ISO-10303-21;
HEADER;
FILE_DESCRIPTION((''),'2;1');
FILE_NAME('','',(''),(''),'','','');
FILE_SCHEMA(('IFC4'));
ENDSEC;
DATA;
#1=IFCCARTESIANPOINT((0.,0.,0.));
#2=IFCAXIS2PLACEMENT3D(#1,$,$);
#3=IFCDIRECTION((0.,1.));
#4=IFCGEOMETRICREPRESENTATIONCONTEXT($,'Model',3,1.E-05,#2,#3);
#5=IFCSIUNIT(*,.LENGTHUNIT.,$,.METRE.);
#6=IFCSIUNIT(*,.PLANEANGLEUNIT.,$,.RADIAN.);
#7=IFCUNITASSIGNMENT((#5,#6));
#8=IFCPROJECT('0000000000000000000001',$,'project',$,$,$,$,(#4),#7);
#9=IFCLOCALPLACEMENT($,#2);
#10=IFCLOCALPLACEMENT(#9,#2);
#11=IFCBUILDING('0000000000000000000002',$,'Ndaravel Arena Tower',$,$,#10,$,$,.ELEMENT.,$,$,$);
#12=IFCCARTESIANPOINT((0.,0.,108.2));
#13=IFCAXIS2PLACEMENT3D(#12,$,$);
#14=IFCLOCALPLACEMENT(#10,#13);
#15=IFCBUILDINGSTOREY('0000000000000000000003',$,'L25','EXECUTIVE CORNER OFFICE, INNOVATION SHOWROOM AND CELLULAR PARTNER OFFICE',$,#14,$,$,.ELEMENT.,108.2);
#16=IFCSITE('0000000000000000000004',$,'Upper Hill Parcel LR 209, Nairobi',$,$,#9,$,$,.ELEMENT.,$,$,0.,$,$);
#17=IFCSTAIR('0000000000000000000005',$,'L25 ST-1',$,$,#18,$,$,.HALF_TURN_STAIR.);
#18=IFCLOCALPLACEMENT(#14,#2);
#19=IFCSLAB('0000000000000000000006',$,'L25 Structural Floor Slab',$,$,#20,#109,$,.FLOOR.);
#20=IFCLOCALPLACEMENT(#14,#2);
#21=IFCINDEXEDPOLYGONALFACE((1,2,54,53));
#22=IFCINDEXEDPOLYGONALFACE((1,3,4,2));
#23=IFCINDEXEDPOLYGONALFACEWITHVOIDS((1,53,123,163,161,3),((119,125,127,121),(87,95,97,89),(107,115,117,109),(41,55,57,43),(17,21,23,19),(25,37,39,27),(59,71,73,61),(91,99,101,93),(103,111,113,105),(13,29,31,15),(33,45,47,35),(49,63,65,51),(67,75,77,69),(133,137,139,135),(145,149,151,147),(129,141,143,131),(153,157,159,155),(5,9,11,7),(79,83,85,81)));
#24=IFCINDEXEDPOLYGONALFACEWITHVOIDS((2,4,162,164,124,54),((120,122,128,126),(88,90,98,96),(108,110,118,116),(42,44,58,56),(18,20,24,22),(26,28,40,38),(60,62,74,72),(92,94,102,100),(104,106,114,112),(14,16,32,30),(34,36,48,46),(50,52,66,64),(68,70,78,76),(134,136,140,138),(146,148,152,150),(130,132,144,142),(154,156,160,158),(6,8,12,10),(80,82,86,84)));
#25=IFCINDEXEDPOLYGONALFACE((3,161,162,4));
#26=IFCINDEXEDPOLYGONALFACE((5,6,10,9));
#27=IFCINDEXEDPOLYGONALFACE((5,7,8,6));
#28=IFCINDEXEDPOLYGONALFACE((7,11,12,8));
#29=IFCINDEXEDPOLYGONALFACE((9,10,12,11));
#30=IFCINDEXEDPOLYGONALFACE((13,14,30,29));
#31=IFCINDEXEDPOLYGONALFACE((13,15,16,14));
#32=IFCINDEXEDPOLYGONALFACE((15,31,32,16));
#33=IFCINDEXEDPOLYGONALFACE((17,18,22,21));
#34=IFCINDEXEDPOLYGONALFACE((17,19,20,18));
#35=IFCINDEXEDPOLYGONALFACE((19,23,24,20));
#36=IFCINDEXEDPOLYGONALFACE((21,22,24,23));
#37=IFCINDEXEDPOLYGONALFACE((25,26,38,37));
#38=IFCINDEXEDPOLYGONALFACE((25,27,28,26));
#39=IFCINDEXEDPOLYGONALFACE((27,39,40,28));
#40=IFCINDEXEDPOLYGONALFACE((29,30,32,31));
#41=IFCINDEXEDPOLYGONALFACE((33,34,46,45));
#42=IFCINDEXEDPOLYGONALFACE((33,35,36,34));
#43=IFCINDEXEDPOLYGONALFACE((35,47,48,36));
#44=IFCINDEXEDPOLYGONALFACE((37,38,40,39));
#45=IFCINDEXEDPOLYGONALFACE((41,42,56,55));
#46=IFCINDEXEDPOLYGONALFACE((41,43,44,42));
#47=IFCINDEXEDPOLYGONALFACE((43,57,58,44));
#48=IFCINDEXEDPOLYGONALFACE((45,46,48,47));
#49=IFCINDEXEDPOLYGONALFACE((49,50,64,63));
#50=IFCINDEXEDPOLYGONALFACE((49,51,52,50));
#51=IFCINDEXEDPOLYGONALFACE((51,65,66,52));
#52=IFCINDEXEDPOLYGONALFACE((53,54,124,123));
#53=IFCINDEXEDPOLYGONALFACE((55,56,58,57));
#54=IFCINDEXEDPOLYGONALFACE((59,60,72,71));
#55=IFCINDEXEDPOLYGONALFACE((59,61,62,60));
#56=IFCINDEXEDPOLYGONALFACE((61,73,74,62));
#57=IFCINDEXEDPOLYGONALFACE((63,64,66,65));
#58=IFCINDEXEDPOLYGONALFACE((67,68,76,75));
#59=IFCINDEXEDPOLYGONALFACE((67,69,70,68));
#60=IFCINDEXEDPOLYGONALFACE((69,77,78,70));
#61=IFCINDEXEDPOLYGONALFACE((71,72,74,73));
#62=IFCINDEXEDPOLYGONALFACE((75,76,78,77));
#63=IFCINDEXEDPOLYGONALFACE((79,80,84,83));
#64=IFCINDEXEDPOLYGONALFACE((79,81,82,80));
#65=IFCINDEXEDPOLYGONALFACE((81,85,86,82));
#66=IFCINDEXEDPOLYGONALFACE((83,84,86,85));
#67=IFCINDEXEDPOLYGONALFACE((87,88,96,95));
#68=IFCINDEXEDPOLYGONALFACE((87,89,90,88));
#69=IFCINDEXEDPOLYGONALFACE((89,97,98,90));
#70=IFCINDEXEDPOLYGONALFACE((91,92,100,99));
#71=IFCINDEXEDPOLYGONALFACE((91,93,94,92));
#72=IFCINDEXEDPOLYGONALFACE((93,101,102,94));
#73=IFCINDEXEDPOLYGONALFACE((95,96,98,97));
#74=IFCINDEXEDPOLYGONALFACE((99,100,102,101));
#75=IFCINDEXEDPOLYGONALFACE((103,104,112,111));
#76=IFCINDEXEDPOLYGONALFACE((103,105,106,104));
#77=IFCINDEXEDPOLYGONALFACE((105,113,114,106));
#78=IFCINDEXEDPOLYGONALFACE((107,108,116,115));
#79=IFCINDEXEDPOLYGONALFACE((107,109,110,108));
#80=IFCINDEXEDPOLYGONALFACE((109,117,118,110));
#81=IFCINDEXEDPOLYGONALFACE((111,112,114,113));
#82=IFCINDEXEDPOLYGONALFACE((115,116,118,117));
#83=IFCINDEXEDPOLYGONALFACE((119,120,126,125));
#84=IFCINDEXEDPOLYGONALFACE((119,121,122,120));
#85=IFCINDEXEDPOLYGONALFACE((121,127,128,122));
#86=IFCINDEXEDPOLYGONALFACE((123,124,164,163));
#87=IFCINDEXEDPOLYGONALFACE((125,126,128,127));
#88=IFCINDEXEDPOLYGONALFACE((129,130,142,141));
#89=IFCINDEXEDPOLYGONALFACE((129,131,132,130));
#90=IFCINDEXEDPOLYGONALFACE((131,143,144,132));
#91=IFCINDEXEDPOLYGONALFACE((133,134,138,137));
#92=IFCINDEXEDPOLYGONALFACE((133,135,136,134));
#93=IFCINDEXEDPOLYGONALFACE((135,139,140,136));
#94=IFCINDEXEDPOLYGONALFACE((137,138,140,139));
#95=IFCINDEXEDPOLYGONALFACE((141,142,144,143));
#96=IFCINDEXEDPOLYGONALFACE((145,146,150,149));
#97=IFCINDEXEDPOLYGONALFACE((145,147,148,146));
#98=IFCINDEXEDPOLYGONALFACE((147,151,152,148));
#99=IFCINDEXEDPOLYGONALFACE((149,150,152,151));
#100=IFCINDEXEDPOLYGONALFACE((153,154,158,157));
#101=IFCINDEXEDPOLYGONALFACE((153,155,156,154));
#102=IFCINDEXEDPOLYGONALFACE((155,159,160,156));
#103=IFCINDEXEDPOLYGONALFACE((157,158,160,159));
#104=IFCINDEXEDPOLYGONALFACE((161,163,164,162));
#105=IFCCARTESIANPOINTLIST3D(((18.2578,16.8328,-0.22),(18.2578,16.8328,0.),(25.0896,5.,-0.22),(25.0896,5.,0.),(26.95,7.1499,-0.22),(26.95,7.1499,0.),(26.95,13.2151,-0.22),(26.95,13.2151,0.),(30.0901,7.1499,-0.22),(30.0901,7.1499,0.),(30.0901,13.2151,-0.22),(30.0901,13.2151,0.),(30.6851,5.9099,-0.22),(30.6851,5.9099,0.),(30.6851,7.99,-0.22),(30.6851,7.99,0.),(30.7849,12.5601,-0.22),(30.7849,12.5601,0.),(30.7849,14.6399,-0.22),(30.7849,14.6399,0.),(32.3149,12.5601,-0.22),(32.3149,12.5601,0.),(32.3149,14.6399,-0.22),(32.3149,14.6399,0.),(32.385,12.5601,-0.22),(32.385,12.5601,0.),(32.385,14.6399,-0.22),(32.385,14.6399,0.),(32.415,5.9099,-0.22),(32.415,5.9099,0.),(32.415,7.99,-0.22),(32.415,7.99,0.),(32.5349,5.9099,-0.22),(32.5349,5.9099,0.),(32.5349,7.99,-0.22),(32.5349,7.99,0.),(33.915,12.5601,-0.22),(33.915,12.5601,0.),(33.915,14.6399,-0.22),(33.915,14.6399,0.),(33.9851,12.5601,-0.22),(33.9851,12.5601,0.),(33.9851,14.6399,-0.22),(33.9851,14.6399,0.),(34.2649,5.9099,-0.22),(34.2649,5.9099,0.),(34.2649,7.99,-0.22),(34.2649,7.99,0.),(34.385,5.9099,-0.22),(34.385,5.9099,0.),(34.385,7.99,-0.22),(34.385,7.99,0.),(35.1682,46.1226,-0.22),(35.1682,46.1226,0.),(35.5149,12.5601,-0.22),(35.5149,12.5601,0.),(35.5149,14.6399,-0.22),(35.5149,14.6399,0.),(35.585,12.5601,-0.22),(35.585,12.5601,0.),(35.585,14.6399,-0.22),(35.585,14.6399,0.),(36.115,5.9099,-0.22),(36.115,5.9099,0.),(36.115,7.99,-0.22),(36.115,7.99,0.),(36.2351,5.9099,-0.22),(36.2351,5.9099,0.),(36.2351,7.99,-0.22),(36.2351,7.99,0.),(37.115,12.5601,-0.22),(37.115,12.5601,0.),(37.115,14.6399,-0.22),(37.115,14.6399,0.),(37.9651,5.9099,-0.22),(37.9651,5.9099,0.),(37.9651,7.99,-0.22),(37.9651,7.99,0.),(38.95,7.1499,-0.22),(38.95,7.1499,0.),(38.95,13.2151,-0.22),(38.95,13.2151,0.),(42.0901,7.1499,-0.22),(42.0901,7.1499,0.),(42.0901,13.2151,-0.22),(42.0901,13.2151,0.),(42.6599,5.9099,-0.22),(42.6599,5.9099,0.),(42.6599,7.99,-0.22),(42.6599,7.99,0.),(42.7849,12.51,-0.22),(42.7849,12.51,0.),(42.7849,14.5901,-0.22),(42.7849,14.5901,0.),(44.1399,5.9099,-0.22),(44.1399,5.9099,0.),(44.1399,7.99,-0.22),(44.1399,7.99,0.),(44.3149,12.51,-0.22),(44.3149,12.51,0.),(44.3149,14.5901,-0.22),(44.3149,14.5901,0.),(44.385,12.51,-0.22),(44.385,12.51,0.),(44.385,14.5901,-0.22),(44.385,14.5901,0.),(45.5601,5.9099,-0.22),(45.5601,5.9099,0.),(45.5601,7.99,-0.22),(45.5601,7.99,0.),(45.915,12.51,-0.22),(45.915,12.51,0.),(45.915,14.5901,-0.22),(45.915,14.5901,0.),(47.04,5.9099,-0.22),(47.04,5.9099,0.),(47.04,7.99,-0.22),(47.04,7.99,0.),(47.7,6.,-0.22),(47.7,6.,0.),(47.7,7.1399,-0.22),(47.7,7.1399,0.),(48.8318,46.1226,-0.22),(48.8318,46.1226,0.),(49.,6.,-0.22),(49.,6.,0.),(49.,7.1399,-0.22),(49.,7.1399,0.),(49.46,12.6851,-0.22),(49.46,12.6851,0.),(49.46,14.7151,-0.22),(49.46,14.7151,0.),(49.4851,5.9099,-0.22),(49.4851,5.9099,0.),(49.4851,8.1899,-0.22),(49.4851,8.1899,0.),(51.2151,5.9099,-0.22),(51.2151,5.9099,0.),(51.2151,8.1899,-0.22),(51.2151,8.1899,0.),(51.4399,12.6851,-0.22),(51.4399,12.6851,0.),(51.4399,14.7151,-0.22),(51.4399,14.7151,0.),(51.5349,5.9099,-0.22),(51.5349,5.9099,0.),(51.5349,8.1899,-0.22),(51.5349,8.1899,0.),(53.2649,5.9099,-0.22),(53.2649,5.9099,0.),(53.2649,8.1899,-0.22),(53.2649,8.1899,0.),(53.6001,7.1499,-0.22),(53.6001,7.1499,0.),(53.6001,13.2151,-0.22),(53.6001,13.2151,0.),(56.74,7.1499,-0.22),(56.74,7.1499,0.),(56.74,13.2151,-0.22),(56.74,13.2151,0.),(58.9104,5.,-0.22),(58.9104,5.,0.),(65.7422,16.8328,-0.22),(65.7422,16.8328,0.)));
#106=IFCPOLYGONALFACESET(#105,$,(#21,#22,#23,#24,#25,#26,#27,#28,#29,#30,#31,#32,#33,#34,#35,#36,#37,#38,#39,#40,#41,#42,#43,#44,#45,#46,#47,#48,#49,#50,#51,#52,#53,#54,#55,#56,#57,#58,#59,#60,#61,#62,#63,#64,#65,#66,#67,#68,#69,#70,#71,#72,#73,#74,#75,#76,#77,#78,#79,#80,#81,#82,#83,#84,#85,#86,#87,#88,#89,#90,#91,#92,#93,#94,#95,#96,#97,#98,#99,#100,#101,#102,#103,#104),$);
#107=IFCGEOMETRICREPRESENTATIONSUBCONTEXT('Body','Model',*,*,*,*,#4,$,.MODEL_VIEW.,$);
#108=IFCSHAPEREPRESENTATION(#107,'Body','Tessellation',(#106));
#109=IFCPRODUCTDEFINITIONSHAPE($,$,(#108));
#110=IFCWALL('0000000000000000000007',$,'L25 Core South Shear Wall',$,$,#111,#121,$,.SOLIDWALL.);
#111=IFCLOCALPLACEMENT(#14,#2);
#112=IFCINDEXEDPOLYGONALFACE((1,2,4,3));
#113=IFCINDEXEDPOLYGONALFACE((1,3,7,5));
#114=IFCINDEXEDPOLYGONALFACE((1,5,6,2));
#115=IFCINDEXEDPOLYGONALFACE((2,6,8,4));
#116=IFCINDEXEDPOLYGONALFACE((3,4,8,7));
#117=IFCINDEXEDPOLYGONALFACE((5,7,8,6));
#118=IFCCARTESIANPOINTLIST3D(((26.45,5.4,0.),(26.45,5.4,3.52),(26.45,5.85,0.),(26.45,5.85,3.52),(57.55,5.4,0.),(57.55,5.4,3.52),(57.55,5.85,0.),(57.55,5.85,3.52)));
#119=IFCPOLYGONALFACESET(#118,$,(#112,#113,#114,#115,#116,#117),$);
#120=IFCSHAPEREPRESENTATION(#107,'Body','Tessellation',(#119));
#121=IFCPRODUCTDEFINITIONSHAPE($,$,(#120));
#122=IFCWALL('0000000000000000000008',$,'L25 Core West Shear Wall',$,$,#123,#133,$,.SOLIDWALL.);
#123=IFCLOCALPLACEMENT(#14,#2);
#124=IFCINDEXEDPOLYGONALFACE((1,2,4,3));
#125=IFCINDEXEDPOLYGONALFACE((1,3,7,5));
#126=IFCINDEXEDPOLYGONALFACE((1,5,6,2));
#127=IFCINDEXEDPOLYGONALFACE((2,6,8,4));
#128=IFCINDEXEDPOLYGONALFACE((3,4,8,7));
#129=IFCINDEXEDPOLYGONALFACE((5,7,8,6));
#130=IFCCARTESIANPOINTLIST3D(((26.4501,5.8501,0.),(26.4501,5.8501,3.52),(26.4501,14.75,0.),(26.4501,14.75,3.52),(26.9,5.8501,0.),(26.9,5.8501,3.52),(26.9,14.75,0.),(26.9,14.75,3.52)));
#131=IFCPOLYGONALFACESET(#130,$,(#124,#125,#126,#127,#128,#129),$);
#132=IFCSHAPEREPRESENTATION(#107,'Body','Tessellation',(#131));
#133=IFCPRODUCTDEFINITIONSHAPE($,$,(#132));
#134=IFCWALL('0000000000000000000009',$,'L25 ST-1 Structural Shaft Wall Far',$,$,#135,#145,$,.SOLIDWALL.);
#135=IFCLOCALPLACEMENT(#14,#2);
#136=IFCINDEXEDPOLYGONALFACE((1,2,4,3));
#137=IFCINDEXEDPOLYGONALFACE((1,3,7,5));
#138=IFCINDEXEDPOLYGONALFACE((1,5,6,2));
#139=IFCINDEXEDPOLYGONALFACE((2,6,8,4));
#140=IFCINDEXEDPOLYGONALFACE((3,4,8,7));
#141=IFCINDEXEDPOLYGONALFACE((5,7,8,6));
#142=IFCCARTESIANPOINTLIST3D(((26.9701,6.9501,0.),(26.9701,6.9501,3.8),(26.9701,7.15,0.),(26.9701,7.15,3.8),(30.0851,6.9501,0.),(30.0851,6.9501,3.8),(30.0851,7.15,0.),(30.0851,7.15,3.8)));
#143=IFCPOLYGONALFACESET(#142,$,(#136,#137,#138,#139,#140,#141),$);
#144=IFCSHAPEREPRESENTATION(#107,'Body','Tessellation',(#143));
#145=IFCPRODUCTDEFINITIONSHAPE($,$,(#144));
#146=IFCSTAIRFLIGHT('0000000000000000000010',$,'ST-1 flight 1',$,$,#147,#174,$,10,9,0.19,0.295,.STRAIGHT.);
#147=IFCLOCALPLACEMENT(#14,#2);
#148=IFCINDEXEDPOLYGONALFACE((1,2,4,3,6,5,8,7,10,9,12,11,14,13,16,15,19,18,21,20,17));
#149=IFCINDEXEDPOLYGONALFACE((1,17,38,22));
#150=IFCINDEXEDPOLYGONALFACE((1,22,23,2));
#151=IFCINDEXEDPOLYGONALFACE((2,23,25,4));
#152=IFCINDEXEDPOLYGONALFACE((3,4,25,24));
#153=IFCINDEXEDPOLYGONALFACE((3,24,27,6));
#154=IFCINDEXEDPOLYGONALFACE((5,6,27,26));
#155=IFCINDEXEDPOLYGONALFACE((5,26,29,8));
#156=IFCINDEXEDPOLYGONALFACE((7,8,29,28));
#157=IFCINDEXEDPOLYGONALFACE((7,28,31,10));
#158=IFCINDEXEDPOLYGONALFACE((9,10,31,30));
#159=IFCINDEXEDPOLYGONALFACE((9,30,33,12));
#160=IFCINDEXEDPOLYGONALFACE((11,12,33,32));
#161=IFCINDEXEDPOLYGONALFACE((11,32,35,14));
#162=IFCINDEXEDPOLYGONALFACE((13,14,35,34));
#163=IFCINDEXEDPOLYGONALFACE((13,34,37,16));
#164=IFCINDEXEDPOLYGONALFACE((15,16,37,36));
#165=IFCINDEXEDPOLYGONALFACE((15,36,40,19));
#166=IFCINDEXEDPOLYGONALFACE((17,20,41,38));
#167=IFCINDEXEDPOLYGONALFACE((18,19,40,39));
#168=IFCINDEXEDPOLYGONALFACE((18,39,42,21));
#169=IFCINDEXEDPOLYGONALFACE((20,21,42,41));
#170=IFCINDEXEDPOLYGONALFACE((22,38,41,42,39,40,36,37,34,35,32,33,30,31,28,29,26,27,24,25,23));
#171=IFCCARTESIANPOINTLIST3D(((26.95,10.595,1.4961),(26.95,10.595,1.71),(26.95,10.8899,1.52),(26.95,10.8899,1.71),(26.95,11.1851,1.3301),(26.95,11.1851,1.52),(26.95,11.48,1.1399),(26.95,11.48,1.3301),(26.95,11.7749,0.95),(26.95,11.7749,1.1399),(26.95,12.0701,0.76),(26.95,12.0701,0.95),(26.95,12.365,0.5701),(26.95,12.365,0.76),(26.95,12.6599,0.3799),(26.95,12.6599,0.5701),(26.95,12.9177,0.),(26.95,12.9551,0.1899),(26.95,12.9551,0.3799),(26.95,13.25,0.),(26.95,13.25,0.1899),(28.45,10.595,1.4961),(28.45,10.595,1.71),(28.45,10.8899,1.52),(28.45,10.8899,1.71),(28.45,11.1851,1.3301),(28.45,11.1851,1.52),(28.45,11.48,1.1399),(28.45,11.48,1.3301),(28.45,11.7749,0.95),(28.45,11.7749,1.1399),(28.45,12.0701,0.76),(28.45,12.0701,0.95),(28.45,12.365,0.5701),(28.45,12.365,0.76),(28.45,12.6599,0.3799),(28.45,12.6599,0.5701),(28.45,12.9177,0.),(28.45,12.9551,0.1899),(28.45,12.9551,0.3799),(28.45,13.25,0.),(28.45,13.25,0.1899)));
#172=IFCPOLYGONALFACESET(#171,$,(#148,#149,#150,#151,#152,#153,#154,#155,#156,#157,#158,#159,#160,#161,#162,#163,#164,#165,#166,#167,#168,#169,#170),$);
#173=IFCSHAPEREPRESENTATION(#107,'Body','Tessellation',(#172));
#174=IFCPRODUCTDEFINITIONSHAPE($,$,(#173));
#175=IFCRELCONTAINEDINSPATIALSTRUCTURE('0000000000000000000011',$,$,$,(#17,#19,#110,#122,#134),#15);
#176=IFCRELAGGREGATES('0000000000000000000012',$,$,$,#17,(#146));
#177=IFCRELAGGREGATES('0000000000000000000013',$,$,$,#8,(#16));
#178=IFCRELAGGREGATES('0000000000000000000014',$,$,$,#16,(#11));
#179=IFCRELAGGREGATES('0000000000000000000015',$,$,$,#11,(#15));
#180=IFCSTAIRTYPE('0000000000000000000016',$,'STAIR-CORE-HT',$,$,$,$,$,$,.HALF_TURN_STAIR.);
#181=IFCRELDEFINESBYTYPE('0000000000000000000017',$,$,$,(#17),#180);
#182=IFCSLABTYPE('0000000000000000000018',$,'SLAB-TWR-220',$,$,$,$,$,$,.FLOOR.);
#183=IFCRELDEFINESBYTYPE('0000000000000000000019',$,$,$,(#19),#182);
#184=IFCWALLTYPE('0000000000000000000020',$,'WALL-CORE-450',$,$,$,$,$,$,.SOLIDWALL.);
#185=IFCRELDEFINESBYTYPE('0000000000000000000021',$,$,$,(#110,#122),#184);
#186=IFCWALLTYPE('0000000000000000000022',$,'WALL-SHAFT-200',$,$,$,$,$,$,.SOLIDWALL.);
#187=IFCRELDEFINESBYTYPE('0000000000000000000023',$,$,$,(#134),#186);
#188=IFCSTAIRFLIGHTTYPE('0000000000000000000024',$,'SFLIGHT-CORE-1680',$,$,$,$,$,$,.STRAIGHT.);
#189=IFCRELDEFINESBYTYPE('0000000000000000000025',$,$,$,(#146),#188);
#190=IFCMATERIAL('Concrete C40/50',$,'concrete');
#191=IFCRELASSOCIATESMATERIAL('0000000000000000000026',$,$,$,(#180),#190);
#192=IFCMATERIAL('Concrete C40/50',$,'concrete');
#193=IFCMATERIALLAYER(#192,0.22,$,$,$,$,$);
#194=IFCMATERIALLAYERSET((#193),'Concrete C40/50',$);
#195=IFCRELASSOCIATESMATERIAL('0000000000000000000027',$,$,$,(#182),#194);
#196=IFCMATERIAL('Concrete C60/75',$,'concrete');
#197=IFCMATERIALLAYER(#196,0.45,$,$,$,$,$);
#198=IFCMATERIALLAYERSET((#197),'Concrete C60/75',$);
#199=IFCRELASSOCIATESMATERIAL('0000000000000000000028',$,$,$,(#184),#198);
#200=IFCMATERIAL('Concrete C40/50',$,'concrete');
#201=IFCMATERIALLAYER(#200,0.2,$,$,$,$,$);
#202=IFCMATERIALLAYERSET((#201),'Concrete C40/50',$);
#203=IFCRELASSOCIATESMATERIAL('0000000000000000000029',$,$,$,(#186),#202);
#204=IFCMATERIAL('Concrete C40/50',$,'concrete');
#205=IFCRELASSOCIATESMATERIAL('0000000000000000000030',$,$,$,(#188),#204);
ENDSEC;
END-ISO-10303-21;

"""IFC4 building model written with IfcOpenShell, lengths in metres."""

from ifc_helpers import new_model, si_unit, direction, frame, frame_2d, origin, place, context, subcontext, project, spatial, polyline, rectangle, outline, extrude, material, layer, layer_set, type_object, element, aggregate, save


model = new_model("IFC4")

# Units and contexts
model_context = context("Model", 3, precision=1e-05, world=origin(), true_north=direction((0.0, 1.0)))
body_context = subcontext(model_context, "Body", "Model", "MODEL_VIEW")
ifc_project = project(units=[si_unit("LENGTHUNIT", "METRE"), si_unit("PLANEANGLEUNIT", "RADIAN")], contexts=[model_context])

# Site, building, storey
site_placement = place(None, origin())
site = spatial("IfcSite", under=ifc_project, at=site_placement, Name="Upper Hill Parcel LR 209, Nairobi", CompositionType="ELEMENT", RefElevation=0.0)
building_placement = place(site_placement, origin())
building = spatial("IfcBuilding", under=site, at=building_placement, Name="Ndaravel Arena Tower", CompositionType="ELEMENT")
storey_placement = place(building_placement, frame((0.0, 0.0, 108.2)))
storey = spatial("IfcBuildingStorey", under=building, at=storey_placement, Name="L25", Description="EXECUTIVE CORNER OFFICE, INNOVATION SHOWROOM AND CELLULAR PARTNER OFFICE", CompositionType="ELEMENT", Elevation=108.2)

# Stair
ifc_material_1 = material(Name="Concrete C40/50", Category="concrete")
stair_type = type_object("IfcStairType", Name="STAIR-CORE-HT", PredefinedType="HALF_TURN_STAIR", material=ifc_material_1)
stair_1_placement = place(storey_placement, origin())
stair_1 = element("IfcStair", 1, at=stair_1_placement, inside=storey, type_object=stair_type, Name="L25 ST-1", PredefinedType="HALF_TURN_STAIR")

# Slab
ifc_material_2 = material(Name="Concrete C40/50", Category="concrete")
ifc_layer_1 = layer(ifc_material_2, 0.22)
ifc_layer_set_1 = layer_set([ifc_layer_1], Name="Concrete C40/50")
slab_type_1 = type_object("IfcSlabType", Name="SLAB-TWR-220", PredefinedType="FLOOR", material=ifc_layer_set_1)
slab_1_placement = place(storey_placement, frame((0.0, 0.0, -0.22)))
element("IfcSlab", 2, at=slab_1_placement, inside=storey, type_object=slab_type_1, Name="L25 Structural Floor Slab", PredefinedType="FLOOR", context=body_context, shape_type="SweptSolid", body=[
    extrude(outline(polyline([(18.2578, 16.8328), (25.0896, 5.0), (58.9104, 5.0), (65.7422, 16.8328), (48.8318, 46.1226), (35.1682, 46.1226), (18.2578, 16.8328)]), holes=[polyline([(26.95, 13.2151), (26.95, 7.1499), (30.0901, 7.1499), (30.0901, 13.2151), (26.95, 13.2151)]), polyline([(38.95, 13.2151), (38.95, 7.1499), (42.0901, 7.1499), (42.0901, 13.2151), (38.95, 13.2151)]), polyline([(53.6001, 13.2151), (53.6001, 7.1499), (56.74, 7.1499), (56.74, 13.2151), (53.6001, 13.2151)]), polyline([(30.6851, 5.9099), (32.415, 5.9099), (32.415, 7.99), (30.6851, 7.99), (30.6851, 5.9099)]), polyline([(32.5349, 5.9099), (34.2649, 5.9099), (34.2649, 7.99), (32.5349, 7.99), (32.5349, 5.9099)]), polyline([(34.385, 5.9099), (36.115, 5.9099), (36.115, 7.99), (34.385, 7.99), (34.385, 5.9099)]), polyline([(36.2351, 5.9099), (37.9651, 5.9099), (37.9651, 7.99), (36.2351, 7.99), (36.2351, 5.9099)]), polyline([(30.7849, 12.5601), (32.3149, 12.5601), (32.3149, 14.6399), (30.7849, 14.6399), (30.7849, 12.5601)]), polyline([(32.385, 12.5601), (33.915, 12.5601), (33.915, 14.6399), (32.385, 14.6399), (32.385, 12.5601)]), polyline([(33.9851, 12.5601), (35.5149, 12.5601), (35.5149, 14.6399), (33.9851, 14.6399), (33.9851, 12.5601)]), polyline([(35.585, 12.5601), (37.115, 12.5601), (37.115, 14.6399), (35.585, 14.6399), (35.585, 12.5601)]), polyline([(42.6599, 5.9099), (44.1399, 5.9099), (44.1399, 7.99), (42.6599, 7.99), (42.6599, 5.9099)]), polyline([(45.5601, 5.9099), (47.04, 5.9099), (47.04, 7.99), (45.5601, 7.99), (45.5601, 5.9099)]), polyline([(42.7849, 12.51), (44.3149, 12.51), (44.3149, 14.5901), (42.7849, 14.5901), (42.7849, 12.51)]), polyline([(44.385, 12.51), (45.915, 12.51), (45.915, 14.5901), (44.385, 14.5901), (44.385, 12.51)]), polyline([(49.4851, 5.9099), (51.2151, 5.9099), (51.2151, 8.1899), (49.4851, 8.1899), (49.4851, 5.9099)]), polyline([(51.5349, 5.9099), (53.2649, 5.9099), (53.2649, 8.1899), (51.5349, 8.1899), (51.5349, 5.9099)]), polyline([(49.46, 12.6851), (51.4399, 12.6851), (51.4399, 14.7151), (49.46, 14.7151), (49.46, 12.6851)]), polyline([(47.7, 6.0), (49.0, 6.0), (49.0, 7.1399), (47.7, 7.1399), (47.7, 6.0)])]), origin(), (0.0, 0.0, 1.0), 0.22),
])

# Walls
ifc_material_3 = material(Name="Concrete C60/75", Category="concrete")
ifc_layer_2 = layer(ifc_material_3, 0.45)
ifc_layer_set_2 = layer_set([ifc_layer_2], Name="Concrete C60/75")
wall_type_1 = type_object("IfcWallType", Name="WALL-CORE-450", PredefinedType="SOLIDWALL", material=ifc_layer_set_2)
wall_1_placement = place(storey_placement, frame((26.45, 5.625, 0.0), z_axis=(0.0, 0.0, 1.0), x_axis=(1.0, 0.0, 0.0)))
element("IfcWall", 3, at=wall_1_placement, inside=storey, type_object=wall_type_1, Name="L25 Core South Shear Wall", PredefinedType="SOLIDWALL", context=body_context, shape_type="SweptSolid", body=[
    extrude(rectangle(XDim=31.1001, YDim=0.45, at=frame_2d((15.55, 0.0))), origin(), (0.0, 0.0, 1.0), 3.52),
])
wall_2_placement = place(storey_placement, frame((26.675, 5.8501, 0.0), z_axis=(0.0, 0.0, 1.0), x_axis=(0.0, 1.0, 0.0)))
element("IfcWall", 4, at=wall_2_placement, inside=storey, type_object=wall_type_1, Name="L25 Core West Shear Wall", PredefinedType="SOLIDWALL", context=body_context, shape_type="SweptSolid", body=[
    extrude(rectangle(XDim=8.8999, YDim=0.45, at=frame_2d((4.45, 0.0))), origin(), (0.0, 0.0, 1.0), 3.52),
])
ifc_material_4 = material(Name="Concrete C40/50", Category="concrete")
ifc_layer_3 = layer(ifc_material_4, 0.2)
ifc_layer_set_3 = layer_set([ifc_layer_3], Name="Concrete C40/50")
wall_type_2 = type_object("IfcWallType", Name="WALL-SHAFT-200", PredefinedType="SOLIDWALL", material=ifc_layer_set_3)
wall_3_placement = place(storey_placement, frame((26.97, 7.05, 0.0), z_axis=(0.0, 0.0, 1.0), x_axis=(1.0, 0.0, 0.0)))
element("IfcWall", 5, at=wall_3_placement, inside=storey, type_object=wall_type_2, Name="L25 ST-1 Structural Shaft Wall Far", PredefinedType="SOLIDWALL", context=body_context, shape_type="SweptSolid", body=[
    extrude(rectangle(XDim=3.115, YDim=0.2, at=frame_2d((1.5576, 0.0))), origin(), (0.0, 0.0, 1.0), 3.8),
])

# Stair flight
ifc_material_5 = material(Name="Concrete C40/50", Category="concrete")
stair_flight_type = type_object("IfcStairFlightType", Name="SFLIGHT-CORE-1680", PredefinedType="STRAIGHT", material=ifc_material_5)
stair_flight_placement = place(storey_placement, frame((27.7, 13.25, 0.0), z_axis=(0.0, 0.0, 1.0), x_axis=(0.0, -1.0, 0.0)))
stair_flight = element("IfcStairFlight", 6, at=stair_flight_placement, type_object=stair_flight_type, Name="ST-1 flight 1", NumberOfRisers=10, NumberOfTreads=9, PredefinedType="STRAIGHT", RiserHeight=0.19, TreadLength=0.295, context=body_context, shape_type="SweptSolid", body=[
    extrude(outline(polyline([(0.0, 0.0), (0.0, 0.1899), (0.2949, 0.1899), (0.2949, 0.3799), (0.5901, 0.3799), (0.5901, 0.5701), (0.885, 0.5701), (0.885, 0.76), (1.1799, 0.76), (1.1799, 0.95), (1.4751, 0.95), (1.4751, 1.1399), (1.77, 1.1399), (1.77, 1.3301), (2.0649, 1.3301), (2.0649, 1.52), (2.3601, 1.52), (2.3601, 1.71), (2.655, 1.71), (2.655, 1.8999), (2.655, 1.4961), (0.3323, 0.0), (0.0, 0.0)])), frame((0.0, 0.75, 0.0), z_axis=(0.0, -1.0, 0.0), x_axis=(1.0, 0.0, 0.0)), (0.0, 0.0, 1.0), 1.5),
])
aggregate(stair_1, [stair_flight])

save(model, "model.ifc")
